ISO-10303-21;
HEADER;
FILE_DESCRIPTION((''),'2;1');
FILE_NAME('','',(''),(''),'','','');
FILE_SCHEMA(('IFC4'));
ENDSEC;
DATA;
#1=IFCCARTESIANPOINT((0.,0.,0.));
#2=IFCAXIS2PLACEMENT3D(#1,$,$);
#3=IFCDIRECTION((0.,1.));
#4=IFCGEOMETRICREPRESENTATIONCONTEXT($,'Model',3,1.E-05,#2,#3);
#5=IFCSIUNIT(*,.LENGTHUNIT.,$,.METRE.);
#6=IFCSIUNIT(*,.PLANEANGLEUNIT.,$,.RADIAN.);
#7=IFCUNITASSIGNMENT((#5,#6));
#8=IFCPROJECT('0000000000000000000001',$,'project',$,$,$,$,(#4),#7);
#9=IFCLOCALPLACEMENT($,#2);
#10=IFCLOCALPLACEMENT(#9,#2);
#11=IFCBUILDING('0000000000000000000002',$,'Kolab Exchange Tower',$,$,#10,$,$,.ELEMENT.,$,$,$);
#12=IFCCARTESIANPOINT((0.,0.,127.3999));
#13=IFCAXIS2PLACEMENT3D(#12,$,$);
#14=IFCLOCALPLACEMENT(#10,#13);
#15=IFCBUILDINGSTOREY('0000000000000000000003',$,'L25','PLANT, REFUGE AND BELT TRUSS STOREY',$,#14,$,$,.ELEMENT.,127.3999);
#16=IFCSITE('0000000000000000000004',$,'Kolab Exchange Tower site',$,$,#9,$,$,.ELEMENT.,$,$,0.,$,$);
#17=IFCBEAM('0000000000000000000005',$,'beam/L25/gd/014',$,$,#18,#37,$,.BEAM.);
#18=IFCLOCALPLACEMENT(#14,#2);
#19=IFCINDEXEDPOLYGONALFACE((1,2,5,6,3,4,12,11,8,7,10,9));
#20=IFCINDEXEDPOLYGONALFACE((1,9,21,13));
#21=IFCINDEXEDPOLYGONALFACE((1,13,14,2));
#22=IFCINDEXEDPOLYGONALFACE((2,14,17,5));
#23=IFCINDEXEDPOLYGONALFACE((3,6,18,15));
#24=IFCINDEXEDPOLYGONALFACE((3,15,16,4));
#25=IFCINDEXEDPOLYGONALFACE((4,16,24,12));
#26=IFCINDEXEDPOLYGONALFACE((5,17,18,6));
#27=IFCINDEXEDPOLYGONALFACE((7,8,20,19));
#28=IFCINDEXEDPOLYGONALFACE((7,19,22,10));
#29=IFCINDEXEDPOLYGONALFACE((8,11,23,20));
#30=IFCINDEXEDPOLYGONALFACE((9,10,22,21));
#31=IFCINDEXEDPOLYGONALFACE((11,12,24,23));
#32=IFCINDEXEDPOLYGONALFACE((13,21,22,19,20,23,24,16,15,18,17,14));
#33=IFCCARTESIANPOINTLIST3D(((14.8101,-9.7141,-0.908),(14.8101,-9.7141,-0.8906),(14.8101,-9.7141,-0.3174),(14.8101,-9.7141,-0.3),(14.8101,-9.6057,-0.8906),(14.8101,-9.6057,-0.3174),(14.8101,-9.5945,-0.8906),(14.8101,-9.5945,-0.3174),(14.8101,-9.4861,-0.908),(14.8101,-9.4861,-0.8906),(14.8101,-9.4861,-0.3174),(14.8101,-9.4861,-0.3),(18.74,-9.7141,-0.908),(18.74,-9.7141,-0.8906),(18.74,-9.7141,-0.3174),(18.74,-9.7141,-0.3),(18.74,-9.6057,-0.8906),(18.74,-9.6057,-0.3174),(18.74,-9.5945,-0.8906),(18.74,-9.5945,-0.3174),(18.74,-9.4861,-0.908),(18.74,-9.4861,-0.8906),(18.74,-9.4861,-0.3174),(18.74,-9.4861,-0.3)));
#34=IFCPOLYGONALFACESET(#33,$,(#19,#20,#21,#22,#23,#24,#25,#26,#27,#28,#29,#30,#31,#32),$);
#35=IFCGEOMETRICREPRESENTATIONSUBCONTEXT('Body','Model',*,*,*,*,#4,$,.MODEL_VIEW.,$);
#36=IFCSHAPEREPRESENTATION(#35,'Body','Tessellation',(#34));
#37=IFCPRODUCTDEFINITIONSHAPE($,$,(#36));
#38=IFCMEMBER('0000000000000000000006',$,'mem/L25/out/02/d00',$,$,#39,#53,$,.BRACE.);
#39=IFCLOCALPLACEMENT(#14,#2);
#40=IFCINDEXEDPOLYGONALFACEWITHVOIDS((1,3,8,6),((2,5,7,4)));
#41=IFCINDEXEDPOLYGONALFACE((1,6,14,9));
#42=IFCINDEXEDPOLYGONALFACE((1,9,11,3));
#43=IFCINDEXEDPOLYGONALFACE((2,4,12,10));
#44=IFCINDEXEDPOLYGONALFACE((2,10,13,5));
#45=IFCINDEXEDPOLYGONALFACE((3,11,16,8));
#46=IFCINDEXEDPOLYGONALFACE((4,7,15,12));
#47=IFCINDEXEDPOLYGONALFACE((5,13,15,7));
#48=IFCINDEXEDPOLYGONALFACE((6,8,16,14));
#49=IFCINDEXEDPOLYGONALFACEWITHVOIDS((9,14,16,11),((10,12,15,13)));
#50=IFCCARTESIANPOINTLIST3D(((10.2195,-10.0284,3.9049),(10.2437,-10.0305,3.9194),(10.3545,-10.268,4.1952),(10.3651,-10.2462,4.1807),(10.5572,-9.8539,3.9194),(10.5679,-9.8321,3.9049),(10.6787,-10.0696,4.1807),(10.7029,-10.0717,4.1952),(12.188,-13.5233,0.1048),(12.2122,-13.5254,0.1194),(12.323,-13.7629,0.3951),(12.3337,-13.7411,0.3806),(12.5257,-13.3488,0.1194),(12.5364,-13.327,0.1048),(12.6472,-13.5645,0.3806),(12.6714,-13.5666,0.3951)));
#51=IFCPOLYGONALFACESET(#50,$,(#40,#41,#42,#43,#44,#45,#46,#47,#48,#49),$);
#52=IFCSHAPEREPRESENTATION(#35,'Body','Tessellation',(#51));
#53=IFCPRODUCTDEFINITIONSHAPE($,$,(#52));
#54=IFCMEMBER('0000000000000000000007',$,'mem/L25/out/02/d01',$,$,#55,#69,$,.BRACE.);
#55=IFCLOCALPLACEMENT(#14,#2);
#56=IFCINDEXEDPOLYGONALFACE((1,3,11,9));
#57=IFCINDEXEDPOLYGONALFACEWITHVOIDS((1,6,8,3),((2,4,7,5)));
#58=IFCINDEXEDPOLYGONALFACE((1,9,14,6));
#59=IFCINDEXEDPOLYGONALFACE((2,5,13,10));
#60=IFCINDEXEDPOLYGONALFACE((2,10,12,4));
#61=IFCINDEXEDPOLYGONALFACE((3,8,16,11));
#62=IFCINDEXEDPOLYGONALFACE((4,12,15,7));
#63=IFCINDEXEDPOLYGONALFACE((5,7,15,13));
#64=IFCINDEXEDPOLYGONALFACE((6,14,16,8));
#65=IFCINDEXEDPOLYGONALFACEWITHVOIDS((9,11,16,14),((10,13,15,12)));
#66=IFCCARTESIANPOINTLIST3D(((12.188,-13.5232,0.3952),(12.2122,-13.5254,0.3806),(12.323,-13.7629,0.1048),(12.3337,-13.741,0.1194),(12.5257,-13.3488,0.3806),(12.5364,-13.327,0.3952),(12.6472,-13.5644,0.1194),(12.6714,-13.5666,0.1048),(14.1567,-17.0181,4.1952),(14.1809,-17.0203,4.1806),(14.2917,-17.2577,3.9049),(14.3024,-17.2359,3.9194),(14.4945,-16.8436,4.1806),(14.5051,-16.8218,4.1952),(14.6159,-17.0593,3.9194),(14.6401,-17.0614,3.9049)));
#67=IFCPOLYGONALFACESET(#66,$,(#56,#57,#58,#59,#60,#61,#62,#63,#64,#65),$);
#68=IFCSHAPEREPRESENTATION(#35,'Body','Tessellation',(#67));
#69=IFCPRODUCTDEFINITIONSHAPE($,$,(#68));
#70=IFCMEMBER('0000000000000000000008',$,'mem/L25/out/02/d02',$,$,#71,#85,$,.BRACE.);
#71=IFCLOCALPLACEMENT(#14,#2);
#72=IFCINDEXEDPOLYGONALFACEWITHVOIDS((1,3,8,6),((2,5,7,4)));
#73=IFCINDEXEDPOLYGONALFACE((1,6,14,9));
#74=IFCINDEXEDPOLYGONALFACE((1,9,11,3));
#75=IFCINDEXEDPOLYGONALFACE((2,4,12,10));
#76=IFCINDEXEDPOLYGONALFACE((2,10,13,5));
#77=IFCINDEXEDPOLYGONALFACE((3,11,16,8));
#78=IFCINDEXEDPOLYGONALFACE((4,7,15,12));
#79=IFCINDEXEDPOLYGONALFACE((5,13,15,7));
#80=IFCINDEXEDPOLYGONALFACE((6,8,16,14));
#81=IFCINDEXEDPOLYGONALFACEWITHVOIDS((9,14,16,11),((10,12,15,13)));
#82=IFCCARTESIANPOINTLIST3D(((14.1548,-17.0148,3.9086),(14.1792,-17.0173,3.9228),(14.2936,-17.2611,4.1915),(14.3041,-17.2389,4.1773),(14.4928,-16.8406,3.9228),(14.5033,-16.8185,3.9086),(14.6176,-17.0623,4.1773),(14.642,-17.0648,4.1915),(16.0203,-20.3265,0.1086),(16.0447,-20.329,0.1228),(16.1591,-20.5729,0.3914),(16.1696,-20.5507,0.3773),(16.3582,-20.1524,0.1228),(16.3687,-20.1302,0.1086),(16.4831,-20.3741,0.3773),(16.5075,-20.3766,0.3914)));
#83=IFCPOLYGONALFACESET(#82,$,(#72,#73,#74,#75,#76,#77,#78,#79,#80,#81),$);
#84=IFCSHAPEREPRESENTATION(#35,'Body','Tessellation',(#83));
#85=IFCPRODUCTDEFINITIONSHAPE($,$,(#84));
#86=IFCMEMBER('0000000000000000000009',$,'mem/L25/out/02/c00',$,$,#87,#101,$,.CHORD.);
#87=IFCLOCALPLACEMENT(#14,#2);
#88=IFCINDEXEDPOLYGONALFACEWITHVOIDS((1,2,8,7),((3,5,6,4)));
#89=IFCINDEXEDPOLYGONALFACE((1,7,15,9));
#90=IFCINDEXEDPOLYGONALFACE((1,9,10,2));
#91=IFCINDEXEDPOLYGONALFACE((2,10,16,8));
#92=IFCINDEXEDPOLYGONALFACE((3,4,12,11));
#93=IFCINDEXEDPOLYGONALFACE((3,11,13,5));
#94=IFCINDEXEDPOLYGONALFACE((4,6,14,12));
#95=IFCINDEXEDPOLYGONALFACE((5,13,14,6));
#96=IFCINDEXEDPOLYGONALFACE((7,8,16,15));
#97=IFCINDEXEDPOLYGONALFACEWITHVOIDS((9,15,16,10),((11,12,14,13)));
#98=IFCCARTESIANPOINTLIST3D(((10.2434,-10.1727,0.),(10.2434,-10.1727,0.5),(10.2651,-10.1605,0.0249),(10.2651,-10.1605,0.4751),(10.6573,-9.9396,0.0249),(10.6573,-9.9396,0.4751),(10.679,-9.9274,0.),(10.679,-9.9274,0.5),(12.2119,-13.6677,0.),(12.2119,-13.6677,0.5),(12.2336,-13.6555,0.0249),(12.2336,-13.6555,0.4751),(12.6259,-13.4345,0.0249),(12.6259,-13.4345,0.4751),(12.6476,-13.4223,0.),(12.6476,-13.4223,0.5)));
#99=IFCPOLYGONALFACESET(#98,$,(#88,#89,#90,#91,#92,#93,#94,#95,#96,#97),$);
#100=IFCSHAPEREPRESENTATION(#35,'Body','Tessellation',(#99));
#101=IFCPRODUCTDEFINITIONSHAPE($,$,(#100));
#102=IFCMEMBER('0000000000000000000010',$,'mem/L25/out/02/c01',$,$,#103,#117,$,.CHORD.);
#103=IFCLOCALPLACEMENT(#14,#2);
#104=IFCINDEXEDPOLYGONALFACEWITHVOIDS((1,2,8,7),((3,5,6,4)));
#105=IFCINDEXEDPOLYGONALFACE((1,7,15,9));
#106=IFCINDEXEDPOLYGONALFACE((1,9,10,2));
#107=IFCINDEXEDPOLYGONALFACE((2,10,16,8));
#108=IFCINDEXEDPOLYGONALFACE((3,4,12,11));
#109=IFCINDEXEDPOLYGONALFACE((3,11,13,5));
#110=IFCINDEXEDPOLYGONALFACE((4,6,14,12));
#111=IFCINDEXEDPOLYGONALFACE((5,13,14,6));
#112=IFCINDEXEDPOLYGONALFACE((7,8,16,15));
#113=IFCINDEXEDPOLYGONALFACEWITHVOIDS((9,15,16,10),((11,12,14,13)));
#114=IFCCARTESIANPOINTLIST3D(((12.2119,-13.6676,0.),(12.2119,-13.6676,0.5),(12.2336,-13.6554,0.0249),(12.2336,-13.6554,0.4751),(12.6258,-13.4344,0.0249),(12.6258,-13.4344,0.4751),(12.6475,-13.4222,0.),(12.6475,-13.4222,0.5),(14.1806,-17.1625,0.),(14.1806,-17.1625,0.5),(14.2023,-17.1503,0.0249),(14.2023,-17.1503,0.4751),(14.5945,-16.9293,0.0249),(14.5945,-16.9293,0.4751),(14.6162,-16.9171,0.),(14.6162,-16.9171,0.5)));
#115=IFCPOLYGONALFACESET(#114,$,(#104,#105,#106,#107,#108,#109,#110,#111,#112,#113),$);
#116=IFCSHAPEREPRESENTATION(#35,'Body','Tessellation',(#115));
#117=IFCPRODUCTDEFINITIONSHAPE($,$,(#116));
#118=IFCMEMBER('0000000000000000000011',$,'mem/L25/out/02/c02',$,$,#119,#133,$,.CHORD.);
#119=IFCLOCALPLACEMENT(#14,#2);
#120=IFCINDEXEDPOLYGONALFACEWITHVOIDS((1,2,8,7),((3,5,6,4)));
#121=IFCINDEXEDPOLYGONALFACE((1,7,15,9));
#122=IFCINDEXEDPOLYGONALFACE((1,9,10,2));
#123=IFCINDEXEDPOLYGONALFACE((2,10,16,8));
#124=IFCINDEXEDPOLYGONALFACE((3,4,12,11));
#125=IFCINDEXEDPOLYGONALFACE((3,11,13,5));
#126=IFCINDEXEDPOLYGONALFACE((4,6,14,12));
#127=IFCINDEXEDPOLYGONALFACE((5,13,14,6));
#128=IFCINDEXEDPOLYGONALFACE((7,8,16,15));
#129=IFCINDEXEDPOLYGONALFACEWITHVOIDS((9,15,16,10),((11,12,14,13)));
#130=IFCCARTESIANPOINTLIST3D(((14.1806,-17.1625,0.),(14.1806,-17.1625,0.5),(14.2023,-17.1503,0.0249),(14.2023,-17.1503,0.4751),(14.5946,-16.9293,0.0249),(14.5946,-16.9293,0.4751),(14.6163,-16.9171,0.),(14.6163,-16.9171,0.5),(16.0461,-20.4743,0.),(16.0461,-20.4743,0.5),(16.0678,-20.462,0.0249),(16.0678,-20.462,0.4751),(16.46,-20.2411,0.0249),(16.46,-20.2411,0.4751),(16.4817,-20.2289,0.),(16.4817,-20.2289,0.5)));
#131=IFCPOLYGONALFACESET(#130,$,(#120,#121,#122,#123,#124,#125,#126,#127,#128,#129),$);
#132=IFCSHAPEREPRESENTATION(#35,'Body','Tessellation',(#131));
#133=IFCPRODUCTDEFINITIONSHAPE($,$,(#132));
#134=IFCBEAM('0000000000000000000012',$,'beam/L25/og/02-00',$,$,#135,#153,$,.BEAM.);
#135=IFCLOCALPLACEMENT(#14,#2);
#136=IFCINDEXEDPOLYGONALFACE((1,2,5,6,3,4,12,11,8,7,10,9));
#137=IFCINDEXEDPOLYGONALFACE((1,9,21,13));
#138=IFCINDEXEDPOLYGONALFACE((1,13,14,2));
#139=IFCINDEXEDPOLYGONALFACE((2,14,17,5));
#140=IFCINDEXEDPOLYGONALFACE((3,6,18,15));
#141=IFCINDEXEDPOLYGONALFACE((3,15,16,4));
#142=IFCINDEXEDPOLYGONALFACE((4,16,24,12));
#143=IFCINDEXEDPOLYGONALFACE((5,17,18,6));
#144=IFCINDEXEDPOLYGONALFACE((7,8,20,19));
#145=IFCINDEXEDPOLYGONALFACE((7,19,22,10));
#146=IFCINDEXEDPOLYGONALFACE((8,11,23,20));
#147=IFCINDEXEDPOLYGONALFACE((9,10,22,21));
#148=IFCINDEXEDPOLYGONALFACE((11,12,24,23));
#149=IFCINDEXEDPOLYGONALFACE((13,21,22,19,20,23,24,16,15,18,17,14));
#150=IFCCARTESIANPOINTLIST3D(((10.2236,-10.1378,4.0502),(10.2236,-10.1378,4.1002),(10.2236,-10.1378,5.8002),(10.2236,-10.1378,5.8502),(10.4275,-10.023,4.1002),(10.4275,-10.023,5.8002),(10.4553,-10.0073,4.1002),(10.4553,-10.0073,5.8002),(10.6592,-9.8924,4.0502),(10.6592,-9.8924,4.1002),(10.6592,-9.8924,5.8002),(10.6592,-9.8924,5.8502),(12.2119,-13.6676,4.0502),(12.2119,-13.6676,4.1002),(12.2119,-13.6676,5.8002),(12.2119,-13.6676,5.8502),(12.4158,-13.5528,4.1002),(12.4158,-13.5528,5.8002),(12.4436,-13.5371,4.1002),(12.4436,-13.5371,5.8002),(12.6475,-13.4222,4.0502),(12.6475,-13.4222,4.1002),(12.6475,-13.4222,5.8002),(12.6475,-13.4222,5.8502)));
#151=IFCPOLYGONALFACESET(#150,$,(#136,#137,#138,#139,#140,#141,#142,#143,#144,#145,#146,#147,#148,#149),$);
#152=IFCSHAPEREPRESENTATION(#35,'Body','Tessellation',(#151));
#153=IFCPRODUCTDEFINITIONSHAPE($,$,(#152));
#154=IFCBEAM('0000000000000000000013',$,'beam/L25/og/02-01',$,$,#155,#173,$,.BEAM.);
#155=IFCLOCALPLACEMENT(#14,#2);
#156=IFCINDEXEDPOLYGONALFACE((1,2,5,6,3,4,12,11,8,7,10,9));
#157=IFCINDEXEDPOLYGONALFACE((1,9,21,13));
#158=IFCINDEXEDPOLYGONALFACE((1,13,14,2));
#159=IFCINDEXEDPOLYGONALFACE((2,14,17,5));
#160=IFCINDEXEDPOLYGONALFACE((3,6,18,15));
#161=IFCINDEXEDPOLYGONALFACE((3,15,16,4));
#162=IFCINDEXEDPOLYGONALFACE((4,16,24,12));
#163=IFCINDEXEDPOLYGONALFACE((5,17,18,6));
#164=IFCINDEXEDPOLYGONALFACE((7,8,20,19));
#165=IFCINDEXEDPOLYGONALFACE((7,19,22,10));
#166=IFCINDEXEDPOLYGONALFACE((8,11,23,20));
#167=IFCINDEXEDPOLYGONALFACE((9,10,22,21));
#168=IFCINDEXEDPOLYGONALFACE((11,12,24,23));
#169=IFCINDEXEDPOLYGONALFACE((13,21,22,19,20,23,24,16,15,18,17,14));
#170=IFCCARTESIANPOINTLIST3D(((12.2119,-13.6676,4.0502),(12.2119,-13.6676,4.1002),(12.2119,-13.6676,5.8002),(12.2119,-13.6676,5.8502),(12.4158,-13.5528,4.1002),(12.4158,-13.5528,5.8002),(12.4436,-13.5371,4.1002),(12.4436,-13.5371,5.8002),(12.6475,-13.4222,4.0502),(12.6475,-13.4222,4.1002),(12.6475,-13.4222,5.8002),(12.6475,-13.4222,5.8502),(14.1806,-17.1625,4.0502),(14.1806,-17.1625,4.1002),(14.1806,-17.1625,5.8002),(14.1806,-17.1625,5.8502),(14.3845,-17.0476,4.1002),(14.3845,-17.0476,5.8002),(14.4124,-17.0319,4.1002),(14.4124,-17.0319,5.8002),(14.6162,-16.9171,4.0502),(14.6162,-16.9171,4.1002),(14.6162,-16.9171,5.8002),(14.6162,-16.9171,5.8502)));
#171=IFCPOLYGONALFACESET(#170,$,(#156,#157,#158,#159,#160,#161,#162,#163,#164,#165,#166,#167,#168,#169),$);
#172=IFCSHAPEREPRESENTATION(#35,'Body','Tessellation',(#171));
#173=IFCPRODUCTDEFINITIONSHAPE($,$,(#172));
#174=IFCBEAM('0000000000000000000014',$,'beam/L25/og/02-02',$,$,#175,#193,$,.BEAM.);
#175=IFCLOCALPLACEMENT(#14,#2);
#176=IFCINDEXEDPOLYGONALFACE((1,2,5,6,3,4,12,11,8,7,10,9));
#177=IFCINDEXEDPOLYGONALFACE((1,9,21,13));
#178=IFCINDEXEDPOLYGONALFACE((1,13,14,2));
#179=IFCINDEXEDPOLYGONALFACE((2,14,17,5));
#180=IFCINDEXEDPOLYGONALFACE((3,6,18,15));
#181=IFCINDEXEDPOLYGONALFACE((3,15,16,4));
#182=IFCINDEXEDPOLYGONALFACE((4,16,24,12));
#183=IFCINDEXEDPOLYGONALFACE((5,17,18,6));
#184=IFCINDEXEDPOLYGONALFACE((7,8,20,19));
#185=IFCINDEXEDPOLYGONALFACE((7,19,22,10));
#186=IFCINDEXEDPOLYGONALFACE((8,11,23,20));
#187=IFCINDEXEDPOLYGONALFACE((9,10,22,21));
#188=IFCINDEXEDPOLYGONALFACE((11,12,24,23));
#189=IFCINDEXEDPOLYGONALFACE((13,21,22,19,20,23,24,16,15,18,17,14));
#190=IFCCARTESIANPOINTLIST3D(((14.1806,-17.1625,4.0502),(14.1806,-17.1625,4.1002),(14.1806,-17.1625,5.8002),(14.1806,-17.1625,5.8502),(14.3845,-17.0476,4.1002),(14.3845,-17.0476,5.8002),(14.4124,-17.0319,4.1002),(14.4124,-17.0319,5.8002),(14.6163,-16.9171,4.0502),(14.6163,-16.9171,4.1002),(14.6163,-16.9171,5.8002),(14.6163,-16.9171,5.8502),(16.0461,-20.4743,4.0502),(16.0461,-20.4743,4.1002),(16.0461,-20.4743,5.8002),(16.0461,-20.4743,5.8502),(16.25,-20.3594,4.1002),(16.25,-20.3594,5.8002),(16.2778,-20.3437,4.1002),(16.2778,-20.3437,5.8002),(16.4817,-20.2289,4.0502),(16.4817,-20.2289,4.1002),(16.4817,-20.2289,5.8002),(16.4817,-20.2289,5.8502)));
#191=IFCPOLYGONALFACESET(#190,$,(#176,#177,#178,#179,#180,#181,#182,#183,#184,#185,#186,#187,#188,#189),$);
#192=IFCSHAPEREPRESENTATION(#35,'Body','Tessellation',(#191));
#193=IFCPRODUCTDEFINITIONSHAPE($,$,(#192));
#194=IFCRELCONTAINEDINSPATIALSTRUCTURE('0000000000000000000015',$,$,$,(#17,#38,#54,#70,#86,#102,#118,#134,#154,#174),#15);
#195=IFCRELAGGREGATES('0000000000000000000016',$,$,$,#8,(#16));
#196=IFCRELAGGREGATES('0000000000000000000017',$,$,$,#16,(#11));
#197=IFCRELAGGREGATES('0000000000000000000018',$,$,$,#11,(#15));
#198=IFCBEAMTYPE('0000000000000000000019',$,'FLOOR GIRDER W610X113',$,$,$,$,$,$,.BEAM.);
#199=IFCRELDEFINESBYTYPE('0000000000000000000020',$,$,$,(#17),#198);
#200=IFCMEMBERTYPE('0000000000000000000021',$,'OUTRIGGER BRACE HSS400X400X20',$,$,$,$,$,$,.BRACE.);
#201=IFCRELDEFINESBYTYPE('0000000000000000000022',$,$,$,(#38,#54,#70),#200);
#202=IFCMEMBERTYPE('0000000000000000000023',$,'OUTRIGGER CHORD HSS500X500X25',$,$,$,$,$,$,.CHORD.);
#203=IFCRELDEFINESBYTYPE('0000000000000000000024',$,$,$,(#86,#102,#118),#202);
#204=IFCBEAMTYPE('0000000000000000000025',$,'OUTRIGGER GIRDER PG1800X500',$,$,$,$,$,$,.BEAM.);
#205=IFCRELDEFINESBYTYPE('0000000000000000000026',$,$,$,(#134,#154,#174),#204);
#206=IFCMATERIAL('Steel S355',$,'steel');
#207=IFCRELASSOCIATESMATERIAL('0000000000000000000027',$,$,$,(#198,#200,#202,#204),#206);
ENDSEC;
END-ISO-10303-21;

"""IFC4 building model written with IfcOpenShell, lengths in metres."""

from ifc_helpers import new_model, si_unit, direction, frame, origin, origin_2d, place, context, subcontext, project, spatial, hollow_rectangle, i_section, extrude, material, material_profile, profile_set, type_object, element, save


model = new_model("IFC4")

# Units and contexts
model_context = context("Model", 3, precision=1e-05, world=origin(), true_north=direction((0.0, 1.0)))
body_context = subcontext(model_context, "Body", "Model", "MODEL_VIEW")
ifc_project = project(units=[si_unit("LENGTHUNIT", "METRE"), si_unit("PLANEANGLEUNIT", "RADIAN")], contexts=[model_context])

# Site, building, storey
site_placement = place(None, origin())
site = spatial("IfcSite", under=ifc_project, at=site_placement, Name="Kolab Exchange Tower site", CompositionType="ELEMENT", RefElevation=0.0)
building_placement = place(site_placement, origin())
building = spatial("IfcBuilding", under=site, at=building_placement, Name="Kolab Exchange Tower", CompositionType="ELEMENT")
storey_placement = place(building_placement, frame((0.0, 0.0, 127.3999)))
storey = spatial("IfcBuildingStorey", under=building, at=storey_placement, Name="L25", Description="PLANT, REFUGE AND BELT TRUSS STOREY", CompositionType="ELEMENT", Elevation=127.3999)

# Beam
ifc_material_1 = material(Name="Steel S355", Category="steel")
ifc_material_profile_1 = material_profile(ifc_material_1, i_section(OverallWidth=0.228, OverallDepth=0.6079, WebThickness=0.0112, FlangeThickness=0.0173, at=origin_2d()), Name="W610X113")
ifc_profile_set_1 = profile_set([ifc_material_profile_1], Name="Steel S355")
beam_type_1 = type_object("IfcBeamType", Name="FLOOR GIRDER W610X113", PredefinedType="BEAM", material=ifc_profile_set_1)
beam_1_placement = place(storey_placement, frame((14.8101, -9.6001, -0.604), z_axis=(1.0, 0.0, 0.0), x_axis=(0.0, 1.0, 0.0)))
element("IfcBeam", 1, at=beam_1_placement, inside=storey, type_object=beam_type_1, Name="beam/L25/gd/014", PredefinedType="BEAM", context=body_context, shape_type="SweptSolid", body=[
    extrude(i_section(OverallWidth=0.228, OverallDepth=0.6079, WebThickness=0.0112, FlangeThickness=0.0173, at=origin_2d()), origin(), (0.0, 0.0, 1.0), 3.9299),
])

# Members
ifc_material_profile_2 = material_profile(ifc_material_1, hollow_rectangle(XDim=0.3999, YDim=0.3999, WallThickness=0.02, at=origin_2d()), Name="HSS400X400X20")
ifc_profile_set_2 = profile_set([ifc_material_profile_2], Name="Steel S355")
member_type_1 = type_object("IfcMemberType", Name="OUTRIGGER BRACE HSS400X400X20", PredefinedType="BRACE", material=ifc_profile_set_2)
for number, where, z_axis, x_axis, name in (
    (2, (10.4612, -10.05, 4.05), (0.356268, -0.632516, -0.687748), (0.871294, 0.490761, 0.0), "mem/L25/out/02/d00"),
    (3, (12.4297, -13.5449, 0.25), (0.356306, -0.632506, 0.687737), (0.871268, 0.490807, 0.0), "mem/L25/out/02/d01"),
):
    element("IfcMember", number, at=place(storey_placement, frame(where, z_axis=z_axis, x_axis=x_axis)), inside=storey, type_object=member_type_1, Name=name, PredefinedType="BRACE", context=body_context, shape_type="SweptSolid", body=[
        extrude(hollow_rectangle(XDim=0.3999, YDim=0.3999, WallThickness=0.02, at=origin_2d()), origin(), (0.0, 0.0, 1.0), 5.5254),
    ])
member_1_placement = place(storey_placement, frame((14.3984, -17.0398, 4.05), z_axis=(0.34708, -0.616169, -0.707016), x_axis=(0.871282, 0.490783, 0.0)))
element("IfcMember", 4, at=member_1_placement, inside=storey, type_object=member_type_1, Name="mem/L25/out/02/d02", PredefinedType="BRACE", context=body_context, shape_type="SweptSolid", body=[
    extrude(hollow_rectangle(XDim=0.3999, YDim=0.3999, WallThickness=0.02, at=origin_2d()), origin(), (0.0, 0.0, 1.0), 5.3748),
])
ifc_material_profile_3 = material_profile(ifc_material_1, hollow_rectangle(XDim=0.5, YDim=0.5, WallThickness=0.0249, at=origin_2d()), Name="HSS500X500X25")
ifc_profile_set_3 = profile_set([ifc_material_profile_3], Name="Steel S355")
member_type_2 = type_object("IfcMemberType", Name="OUTRIGGER CHORD HSS500X500X25", PredefinedType="CHORD", material=ifc_profile_set_3)
for number, where, z_axis, x_axis, name in (
    (5, (10.4612, -10.05, 0.25), (0.490761, -0.871294, 0.0), (0.871294, 0.490761, 0.0), "mem/L25/out/02/c00"),
    (6, (12.4297, -13.5449, 0.25), (0.490807, -0.871268, 0.0), (0.871268, 0.490807, 0.0), "mem/L25/out/02/c01"),
):
    element("IfcMember", number, at=place(storey_placement, frame(where, z_axis=z_axis, x_axis=x_axis)), inside=storey, type_object=member_type_2, Name=name, PredefinedType="CHORD", context=body_context, shape_type="SweptSolid", body=[
        extrude(hollow_rectangle(XDim=0.5, YDim=0.5, WallThickness=0.0249, at=origin_2d()), origin(), (0.0, 0.0, 1.0), 4.0112),
    ])
member_2_placement = place(storey_placement, frame((14.3984, -17.0398, 0.25), z_axis=(0.490783, -0.871282, 0.0), x_axis=(0.871282, 0.490783, 0.0)))
element("IfcMember", 7, at=member_2_placement, inside=storey, type_object=member_type_2, Name="mem/L25/out/02/c02", PredefinedType="CHORD", context=body_context, shape_type="SweptSolid", body=[
    extrude(hollow_rectangle(XDim=0.5, YDim=0.5, WallThickness=0.0249, at=origin_2d()), origin(), (0.0, 0.0, 1.0), 3.801),
])

# Beams
ifc_material_profile_4 = material_profile(ifc_material_1, i_section(OverallWidth=0.5, OverallDepth=1.8, WebThickness=0.032, FlangeThickness=0.05, at=origin_2d()), Name="PG1800X500")
ifc_profile_set_4 = profile_set([ifc_material_profile_4], Name="Steel S355")
beam_type_2 = type_object("IfcBeamType", Name="OUTRIGGER GIRDER PG1800X500", PredefinedType="BEAM", material=ifc_profile_set_4)
beam_2_placement = place(storey_placement, frame((10.4414, -10.0151, 4.9502), z_axis=(0.490782, -0.871282, 0.0), x_axis=(0.871282, 0.490782, 0.0)))
element("IfcBeam", 8, at=beam_2_placement, inside=storey, type_object=beam_type_2, Name="beam/L25/og/02-00", PredefinedType="BEAM", context=body_context, shape_type="SweptSolid", body=[
    extrude(i_section(OverallWidth=0.5, OverallDepth=1.8, WebThickness=0.032, FlangeThickness=0.05, at=origin_2d()), origin(), (0.0, 0.0, 1.0), 4.0513),
])
beam_3_placement = place(storey_placement, frame((12.4297, -13.5449, 4.9502), z_axis=(0.490807, -0.871268, 0.0), x_axis=(0.871268, 0.490807, 0.0)))
element("IfcBeam", 9, at=beam_3_placement, inside=storey, type_object=beam_type_2, Name="beam/L25/og/02-01", PredefinedType="BEAM", context=body_context, shape_type="SweptSolid", body=[
    extrude(i_section(OverallWidth=0.5, OverallDepth=1.8, WebThickness=0.032, FlangeThickness=0.05, at=origin_2d()), origin(), (0.0, 0.0, 1.0), 4.0112),
])
beam_4_placement = place(storey_placement, frame((14.3984, -17.0398, 4.9502), z_axis=(0.490783, -0.871282, 0.0), x_axis=(0.871282, 0.490783, 0.0)))
element("IfcBeam", 10, at=beam_4_placement, inside=storey, type_object=beam_type_2, Name="beam/L25/og/02-02", PredefinedType="BEAM", context=body_context, shape_type="SweptSolid", body=[
    extrude(i_section(OverallWidth=0.5, OverallDepth=1.8, WebThickness=0.032, FlangeThickness=0.05, at=origin_2d()), origin(), (0.0, 0.0, 1.0), 3.801),
])

save(model, "model.ifc")
